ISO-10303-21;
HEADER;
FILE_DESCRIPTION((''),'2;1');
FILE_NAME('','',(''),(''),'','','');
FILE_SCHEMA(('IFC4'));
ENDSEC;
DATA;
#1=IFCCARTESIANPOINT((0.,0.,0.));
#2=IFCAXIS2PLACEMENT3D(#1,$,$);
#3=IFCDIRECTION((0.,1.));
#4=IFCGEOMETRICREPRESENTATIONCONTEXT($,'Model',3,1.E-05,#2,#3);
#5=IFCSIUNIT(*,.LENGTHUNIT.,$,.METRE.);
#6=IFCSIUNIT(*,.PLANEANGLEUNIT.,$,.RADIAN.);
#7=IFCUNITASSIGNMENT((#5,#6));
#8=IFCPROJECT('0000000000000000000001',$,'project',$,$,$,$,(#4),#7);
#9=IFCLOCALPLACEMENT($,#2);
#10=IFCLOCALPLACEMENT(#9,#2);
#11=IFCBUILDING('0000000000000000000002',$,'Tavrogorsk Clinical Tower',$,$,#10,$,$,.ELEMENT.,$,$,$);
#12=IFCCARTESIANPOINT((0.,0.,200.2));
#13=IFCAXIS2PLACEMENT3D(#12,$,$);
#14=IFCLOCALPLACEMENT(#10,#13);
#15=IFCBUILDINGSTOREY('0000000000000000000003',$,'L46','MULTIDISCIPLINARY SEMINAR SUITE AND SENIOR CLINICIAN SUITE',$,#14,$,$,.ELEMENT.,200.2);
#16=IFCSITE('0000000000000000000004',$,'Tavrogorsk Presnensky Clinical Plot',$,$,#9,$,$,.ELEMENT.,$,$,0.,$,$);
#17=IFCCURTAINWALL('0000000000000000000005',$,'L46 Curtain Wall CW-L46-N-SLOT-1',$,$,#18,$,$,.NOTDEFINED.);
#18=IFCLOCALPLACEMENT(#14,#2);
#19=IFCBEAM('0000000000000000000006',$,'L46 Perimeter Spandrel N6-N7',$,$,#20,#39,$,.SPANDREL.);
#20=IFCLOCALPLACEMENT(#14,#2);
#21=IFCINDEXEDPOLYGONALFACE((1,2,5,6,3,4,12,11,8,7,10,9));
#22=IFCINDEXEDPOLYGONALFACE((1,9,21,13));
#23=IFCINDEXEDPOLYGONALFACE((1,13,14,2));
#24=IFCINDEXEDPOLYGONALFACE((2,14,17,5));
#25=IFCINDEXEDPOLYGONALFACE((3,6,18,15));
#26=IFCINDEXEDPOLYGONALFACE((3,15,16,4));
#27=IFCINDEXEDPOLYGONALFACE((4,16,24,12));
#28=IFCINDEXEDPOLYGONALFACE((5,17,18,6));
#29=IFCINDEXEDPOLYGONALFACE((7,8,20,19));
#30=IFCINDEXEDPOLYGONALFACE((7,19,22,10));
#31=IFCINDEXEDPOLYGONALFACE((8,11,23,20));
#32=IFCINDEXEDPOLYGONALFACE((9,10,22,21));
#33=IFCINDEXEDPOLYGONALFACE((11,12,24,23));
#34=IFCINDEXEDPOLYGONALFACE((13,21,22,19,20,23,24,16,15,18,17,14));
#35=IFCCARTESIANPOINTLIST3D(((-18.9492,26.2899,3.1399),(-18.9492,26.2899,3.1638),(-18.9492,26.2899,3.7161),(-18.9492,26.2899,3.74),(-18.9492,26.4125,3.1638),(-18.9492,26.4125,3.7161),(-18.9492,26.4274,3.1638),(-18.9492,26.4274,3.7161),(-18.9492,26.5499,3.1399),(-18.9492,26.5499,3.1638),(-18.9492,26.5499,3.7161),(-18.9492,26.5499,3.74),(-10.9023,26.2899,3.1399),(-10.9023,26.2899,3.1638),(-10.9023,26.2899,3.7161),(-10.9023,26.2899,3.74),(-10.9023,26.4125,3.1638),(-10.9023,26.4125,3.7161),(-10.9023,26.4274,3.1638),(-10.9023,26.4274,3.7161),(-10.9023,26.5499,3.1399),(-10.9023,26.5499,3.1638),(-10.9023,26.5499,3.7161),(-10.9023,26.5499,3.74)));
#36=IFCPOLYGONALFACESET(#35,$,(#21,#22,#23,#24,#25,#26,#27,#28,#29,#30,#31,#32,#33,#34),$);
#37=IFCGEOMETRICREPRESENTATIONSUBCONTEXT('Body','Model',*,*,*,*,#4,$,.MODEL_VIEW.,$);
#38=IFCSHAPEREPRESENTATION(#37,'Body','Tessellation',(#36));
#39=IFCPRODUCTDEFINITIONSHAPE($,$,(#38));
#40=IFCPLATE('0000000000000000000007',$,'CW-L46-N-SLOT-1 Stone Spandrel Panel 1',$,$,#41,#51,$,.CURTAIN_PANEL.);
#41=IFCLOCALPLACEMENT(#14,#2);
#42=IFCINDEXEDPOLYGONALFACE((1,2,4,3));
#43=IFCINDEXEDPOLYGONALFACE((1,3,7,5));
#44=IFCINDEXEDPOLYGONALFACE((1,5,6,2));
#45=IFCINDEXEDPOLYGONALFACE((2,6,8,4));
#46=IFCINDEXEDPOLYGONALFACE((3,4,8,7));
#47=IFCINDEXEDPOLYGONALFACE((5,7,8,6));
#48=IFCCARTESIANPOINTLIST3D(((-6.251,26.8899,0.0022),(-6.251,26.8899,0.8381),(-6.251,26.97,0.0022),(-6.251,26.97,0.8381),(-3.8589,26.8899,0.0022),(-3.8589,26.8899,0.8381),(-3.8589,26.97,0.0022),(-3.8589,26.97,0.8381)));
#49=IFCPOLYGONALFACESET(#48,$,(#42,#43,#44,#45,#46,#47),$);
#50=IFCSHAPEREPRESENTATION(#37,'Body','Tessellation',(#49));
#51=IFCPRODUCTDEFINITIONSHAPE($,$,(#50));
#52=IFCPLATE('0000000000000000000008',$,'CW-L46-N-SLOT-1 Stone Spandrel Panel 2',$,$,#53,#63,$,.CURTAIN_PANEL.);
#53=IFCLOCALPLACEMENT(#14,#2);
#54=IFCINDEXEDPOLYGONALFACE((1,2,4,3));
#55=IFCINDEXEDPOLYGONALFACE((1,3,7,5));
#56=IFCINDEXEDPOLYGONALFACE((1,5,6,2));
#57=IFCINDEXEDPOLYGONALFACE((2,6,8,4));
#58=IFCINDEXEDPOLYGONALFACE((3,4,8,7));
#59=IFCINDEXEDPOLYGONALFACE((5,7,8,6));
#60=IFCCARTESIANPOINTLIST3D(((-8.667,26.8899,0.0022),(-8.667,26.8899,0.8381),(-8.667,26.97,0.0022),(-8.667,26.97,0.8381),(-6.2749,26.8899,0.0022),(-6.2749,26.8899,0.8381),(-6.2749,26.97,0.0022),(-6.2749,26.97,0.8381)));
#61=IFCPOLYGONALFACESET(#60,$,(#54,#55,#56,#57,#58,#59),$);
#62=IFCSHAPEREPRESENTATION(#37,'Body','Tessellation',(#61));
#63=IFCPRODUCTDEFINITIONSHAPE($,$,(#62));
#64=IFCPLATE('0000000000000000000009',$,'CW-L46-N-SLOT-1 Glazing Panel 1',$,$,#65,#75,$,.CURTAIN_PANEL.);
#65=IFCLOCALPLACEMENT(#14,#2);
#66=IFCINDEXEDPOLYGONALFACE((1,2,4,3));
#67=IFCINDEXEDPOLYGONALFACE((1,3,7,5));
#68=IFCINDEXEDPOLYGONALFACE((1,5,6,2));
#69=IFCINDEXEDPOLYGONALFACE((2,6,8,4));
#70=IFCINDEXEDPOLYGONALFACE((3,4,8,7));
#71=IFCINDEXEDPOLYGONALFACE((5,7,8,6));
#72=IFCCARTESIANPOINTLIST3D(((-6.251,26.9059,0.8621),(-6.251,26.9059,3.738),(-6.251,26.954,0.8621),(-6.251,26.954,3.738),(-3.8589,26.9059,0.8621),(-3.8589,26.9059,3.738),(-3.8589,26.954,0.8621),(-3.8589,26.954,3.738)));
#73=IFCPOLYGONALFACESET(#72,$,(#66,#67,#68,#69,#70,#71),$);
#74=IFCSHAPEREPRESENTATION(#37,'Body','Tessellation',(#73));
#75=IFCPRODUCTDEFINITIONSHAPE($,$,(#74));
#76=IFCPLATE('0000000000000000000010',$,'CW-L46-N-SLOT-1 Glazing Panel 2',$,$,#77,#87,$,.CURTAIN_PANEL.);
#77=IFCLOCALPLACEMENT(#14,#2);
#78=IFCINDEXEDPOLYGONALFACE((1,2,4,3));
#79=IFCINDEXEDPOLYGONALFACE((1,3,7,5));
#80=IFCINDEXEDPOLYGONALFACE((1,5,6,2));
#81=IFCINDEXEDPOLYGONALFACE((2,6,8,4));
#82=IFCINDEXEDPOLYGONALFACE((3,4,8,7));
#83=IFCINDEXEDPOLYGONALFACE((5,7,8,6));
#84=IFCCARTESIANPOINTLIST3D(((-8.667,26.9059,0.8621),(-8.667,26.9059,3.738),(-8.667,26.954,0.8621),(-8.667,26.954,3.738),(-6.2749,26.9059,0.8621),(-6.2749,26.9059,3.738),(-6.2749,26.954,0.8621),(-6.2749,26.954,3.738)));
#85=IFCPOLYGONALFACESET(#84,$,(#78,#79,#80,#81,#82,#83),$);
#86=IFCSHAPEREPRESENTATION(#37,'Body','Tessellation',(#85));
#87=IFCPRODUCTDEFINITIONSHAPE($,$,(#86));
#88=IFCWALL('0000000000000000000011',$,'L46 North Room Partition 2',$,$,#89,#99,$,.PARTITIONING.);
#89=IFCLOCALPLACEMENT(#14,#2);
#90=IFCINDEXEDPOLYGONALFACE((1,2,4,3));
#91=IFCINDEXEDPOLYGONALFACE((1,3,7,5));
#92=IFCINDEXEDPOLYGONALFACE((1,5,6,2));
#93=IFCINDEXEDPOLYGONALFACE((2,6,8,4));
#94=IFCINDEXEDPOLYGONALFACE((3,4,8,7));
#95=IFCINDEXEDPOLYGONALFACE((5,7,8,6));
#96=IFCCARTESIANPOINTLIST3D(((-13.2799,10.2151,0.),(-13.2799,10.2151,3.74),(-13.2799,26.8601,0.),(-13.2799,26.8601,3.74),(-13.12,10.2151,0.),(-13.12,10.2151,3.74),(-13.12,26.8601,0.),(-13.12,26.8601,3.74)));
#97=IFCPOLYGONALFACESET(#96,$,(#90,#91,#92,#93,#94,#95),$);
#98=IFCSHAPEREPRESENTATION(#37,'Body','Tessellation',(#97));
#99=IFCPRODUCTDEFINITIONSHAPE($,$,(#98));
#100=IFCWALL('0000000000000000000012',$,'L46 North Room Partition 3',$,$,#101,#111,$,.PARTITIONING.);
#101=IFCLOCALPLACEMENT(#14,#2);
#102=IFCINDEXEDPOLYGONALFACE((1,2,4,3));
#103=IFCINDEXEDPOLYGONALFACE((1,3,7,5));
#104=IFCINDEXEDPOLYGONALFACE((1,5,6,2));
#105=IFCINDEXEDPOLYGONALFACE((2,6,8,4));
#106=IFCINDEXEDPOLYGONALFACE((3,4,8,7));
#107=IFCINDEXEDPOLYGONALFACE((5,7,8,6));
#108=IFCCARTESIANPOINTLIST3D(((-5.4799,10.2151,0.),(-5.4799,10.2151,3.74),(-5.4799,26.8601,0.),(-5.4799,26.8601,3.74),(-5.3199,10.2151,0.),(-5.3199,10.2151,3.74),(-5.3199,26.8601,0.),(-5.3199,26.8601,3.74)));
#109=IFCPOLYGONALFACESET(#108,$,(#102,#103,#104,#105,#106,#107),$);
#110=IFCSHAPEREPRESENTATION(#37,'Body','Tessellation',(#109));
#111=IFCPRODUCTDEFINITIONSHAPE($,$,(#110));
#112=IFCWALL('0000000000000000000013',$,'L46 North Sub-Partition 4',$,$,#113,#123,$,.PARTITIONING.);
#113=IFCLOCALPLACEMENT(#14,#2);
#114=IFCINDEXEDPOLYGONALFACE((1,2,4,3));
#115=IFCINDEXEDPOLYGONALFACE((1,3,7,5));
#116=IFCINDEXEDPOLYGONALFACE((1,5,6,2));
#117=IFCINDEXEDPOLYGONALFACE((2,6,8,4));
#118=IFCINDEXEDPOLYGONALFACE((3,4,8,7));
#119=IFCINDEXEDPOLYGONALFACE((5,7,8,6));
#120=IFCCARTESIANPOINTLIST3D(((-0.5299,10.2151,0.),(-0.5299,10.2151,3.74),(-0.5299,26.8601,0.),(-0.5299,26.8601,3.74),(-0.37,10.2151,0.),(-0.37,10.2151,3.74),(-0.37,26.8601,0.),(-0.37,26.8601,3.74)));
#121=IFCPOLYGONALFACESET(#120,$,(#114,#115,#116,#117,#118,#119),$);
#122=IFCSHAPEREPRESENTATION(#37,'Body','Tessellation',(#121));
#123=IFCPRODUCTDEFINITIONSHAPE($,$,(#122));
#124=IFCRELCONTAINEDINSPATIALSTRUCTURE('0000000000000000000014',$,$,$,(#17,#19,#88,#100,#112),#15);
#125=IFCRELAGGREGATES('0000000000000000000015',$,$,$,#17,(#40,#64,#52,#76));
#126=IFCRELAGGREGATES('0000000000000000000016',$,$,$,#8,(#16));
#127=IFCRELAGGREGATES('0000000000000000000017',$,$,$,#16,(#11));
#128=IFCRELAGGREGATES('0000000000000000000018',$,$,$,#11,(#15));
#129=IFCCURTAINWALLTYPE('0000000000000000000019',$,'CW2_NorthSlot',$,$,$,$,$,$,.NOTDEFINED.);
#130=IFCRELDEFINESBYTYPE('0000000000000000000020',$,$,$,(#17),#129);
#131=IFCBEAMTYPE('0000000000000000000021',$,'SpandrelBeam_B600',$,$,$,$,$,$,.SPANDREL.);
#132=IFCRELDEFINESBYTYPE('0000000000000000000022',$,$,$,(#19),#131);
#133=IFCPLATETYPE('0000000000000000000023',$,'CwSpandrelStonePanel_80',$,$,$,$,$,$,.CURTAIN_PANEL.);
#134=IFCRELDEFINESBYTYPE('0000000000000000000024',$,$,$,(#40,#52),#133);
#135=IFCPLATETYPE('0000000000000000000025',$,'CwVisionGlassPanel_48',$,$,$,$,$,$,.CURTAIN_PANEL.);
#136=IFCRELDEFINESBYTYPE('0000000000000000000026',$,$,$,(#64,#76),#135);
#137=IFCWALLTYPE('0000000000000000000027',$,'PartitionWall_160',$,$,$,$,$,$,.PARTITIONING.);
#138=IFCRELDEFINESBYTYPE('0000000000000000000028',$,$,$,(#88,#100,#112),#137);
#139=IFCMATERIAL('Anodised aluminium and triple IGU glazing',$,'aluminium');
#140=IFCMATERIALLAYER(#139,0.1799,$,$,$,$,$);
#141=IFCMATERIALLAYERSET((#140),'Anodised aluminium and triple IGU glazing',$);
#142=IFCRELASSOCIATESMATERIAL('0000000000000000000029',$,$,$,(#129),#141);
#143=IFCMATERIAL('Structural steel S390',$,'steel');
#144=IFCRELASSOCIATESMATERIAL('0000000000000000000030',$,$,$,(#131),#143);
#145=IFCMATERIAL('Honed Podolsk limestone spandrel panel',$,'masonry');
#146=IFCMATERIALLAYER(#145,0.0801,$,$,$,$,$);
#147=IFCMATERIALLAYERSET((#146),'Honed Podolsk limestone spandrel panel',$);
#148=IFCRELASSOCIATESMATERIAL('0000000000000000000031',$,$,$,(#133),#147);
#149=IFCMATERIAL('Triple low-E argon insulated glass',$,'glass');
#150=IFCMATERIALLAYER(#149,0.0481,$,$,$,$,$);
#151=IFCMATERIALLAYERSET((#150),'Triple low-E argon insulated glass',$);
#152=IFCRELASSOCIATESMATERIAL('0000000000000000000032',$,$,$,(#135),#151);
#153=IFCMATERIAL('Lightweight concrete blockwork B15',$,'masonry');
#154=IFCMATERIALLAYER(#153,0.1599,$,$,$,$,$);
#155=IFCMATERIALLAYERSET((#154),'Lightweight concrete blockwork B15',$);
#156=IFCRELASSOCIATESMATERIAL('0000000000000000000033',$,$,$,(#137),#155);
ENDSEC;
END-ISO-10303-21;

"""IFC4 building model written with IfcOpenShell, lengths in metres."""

from ifc_helpers import new_model, si_unit, direction, frame, frame_2d, origin, origin_2d, place, context, subcontext, project, spatial, rectangle, i_section, extrude, material, layer, layer_set, material_profile, profile_set, type_object, element, aggregate, save


model = new_model("IFC4")

# Units and contexts
model_context = context("Model", 3, precision=1e-05, world=origin(), true_north=direction((0.0, 1.0)))
body_context = subcontext(model_context, "Body", "Model", "MODEL_VIEW")
ifc_project = project(units=[si_unit("LENGTHUNIT", "METRE"), si_unit("PLANEANGLEUNIT", "RADIAN")], contexts=[model_context])

# Site, building, storey
site_placement = place(None, origin())
site = spatial("IfcSite", under=ifc_project, at=site_placement, Name="Tavrogorsk Presnensky Clinical Plot", CompositionType="ELEMENT", RefElevation=0.0)
building_placement = place(site_placement, origin())
building = spatial("IfcBuilding", under=site, at=building_placement, Name="Tavrogorsk Clinical Tower", CompositionType="ELEMENT")
storey_placement = place(building_placement, frame((0.0, 0.0, 200.2)))
storey = spatial("IfcBuildingStorey", under=building, at=storey_placement, Name="L46", Description="MULTIDISCIPLINARY SEMINAR SUITE AND SENIOR CLINICIAN SUITE", CompositionType="ELEMENT", Elevation=200.2)

# Curtain wall
ifc_material_1 = material(Name="Anodised aluminium and triple IGU glazing", Category="aluminium")
ifc_layer_1 = layer(ifc_material_1, 0.1799)
ifc_layer_set_1 = layer_set([ifc_layer_1], Name="Anodised aluminium and triple IGU glazing")
curtain_wall_type = type_object("IfcCurtainWallType", Name="CW2_NorthSlot", PredefinedType="NOTDEFINED", material=ifc_layer_set_1)
curtain_wall_placement = place(storey_placement, origin())
curtain_wall = element("IfcCurtainWall", 1, at=curtain_wall_placement, inside=storey, type_object=curtain_wall_type, Name="L46 Curtain Wall CW-L46-N-SLOT-1", PredefinedType="NOTDEFINED")

# Beam
ifc_material_2 = material(Name="Structural steel S390", Category="steel")
ifc_material_profile_1 = material_profile(ifc_material_2, i_section(OverallWidth=0.26, OverallDepth=0.6001, WebThickness=0.0149, FlangeThickness=0.0239, at=origin_2d()), Name="B-600x260x15x24")
ifc_profile_set_1 = profile_set([ifc_material_profile_1], Name="Structural steel S390")
beam_type = type_object("IfcBeamType", Name="SpandrelBeam_B600", PredefinedType="SPANDREL", material=ifc_profile_set_1)
for number, where, z_axis, x_axis, name in (
    (2, (-10.9023, 26.4199, 3.4399), (-1.0, 0.0, 0.0), (0.0, -1.0, 0.0), "L46 Perimeter Spandrel N6-N7"),
):
    element("IfcBeam", number, at=place(storey_placement, frame(where, z_axis=z_axis, x_axis=x_axis)), inside=storey, type_object=beam_type, Name=name, PredefinedType="SPANDREL", context=body_context, shape_type="SweptSolid", body=[
        extrude(i_section(OverallWidth=0.26, OverallDepth=0.6001, WebThickness=0.0149, FlangeThickness=0.0239, at=origin_2d()), origin(), (0.0, 0.0, 1.0), 8.0469),
    ])

# Plates
ifc_material_3 = material(Name="Honed Podolsk limestone spandrel panel", Category="masonry")
ifc_layer_2 = layer(ifc_material_3, 0.0801)
ifc_layer_set_2 = layer_set([ifc_layer_2], Name="Honed Podolsk limestone spandrel panel")
plate_type_1 = type_object("IfcPlateType", Name="CwSpandrelStonePanel_80", PredefinedType="CURTAIN_PANEL", material=ifc_layer_set_2)
plate_1_placement = place(storey_placement, frame((-5.0549, 26.9299, 0.0022), z_axis=(0.0, 0.0, 1.0), x_axis=(-1.0, 0.0, 0.0)))
plate_1 = element("IfcPlate", 3, at=plate_1_placement, type_object=plate_type_1, Name="CW-L46-N-SLOT-1 Stone Spandrel Panel 1", PredefinedType="CURTAIN_PANEL", context=body_context, shape_type="SweptSolid", body=[
    extrude(rectangle(XDim=2.3921, YDim=0.0801, at=origin_2d()), origin(), (0.0, 0.0, 1.0), 0.8359),
])
plate_2_placement = place(storey_placement, frame((-7.4709, 26.9299, 0.0022), z_axis=(0.0, 0.0, 1.0), x_axis=(-1.0, 0.0, 0.0)))
plate_2 = element("IfcPlate", 4, at=plate_2_placement, type_object=plate_type_1, Name="CW-L46-N-SLOT-1 Stone Spandrel Panel 2", PredefinedType="CURTAIN_PANEL", context=body_context, shape_type="SweptSolid", body=[
    extrude(rectangle(XDim=2.3921, YDim=0.0801, at=origin_2d()), origin(), (0.0, 0.0, 1.0), 0.8359),
])
ifc_material_4 = material(Name="Triple low-E argon insulated glass", Category="glass")
ifc_layer_3 = layer(ifc_material_4, 0.0481)
ifc_layer_set_3 = layer_set([ifc_layer_3], Name="Triple low-E argon insulated glass")
plate_type_2 = type_object("IfcPlateType", Name="CwVisionGlassPanel_48", PredefinedType="CURTAIN_PANEL", material=ifc_layer_set_3)
plate_3_placement = place(storey_placement, frame((-5.0549, 26.9299, 0.8621), z_axis=(0.0, 0.0, 1.0), x_axis=(-1.0, 0.0, 0.0)))
plate_3 = element("IfcPlate", 5, at=plate_3_placement, type_object=plate_type_2, Name="CW-L46-N-SLOT-1 Glazing Panel 1", PredefinedType="CURTAIN_PANEL", context=body_context, shape_type="SweptSolid", body=[
    extrude(rectangle(XDim=2.3921, YDim=0.0481, at=origin_2d()), origin(), (0.0, 0.0, 1.0), 2.876),
])
plate_4_placement = place(storey_placement, frame((-7.4709, 26.9299, 0.8621), z_axis=(0.0, 0.0, 1.0), x_axis=(-1.0, 0.0, 0.0)))
plate_4 = element("IfcPlate", 6, at=plate_4_placement, type_object=plate_type_2, Name="CW-L46-N-SLOT-1 Glazing Panel 2", PredefinedType="CURTAIN_PANEL", context=body_context, shape_type="SweptSolid", body=[
    extrude(rectangle(XDim=2.3921, YDim=0.0481, at=origin_2d()), origin(), (0.0, 0.0, 1.0), 2.876),
])
aggregate(curtain_wall, [plate_1, plate_3, plate_2, plate_4])

# Walls
ifc_material_5 = material(Name="Lightweight concrete blockwork B15", Category="masonry")
ifc_layer_4 = layer(ifc_material_5, 0.1599)
ifc_layer_set_4 = layer_set([ifc_layer_4], Name="Lightweight concrete blockwork B15")
wall_type_1 = type_object("IfcWallType", Name="PartitionWall_160", PredefinedType="PARTITIONING", material=ifc_layer_set_4)
for number, where, z_axis, x_axis, name in (
    (7, (-13.2, 10.2151, 0.0), (0.0, 0.0, 1.0), (0.0, 1.0, 0.0), "L46 North Room Partition 2"),
    (8, (-5.3999, 10.2151, 0.0), (0.0, 0.0, 1.0), (0.0, 1.0, 0.0), "L46 North Room Partition 3"),
    (9, (-0.45, 10.2151, 0.0), (0.0, 0.0, 1.0), (0.0, 1.0, 0.0), "L46 North Sub-Partition 4"),
):
    element("IfcWall", number, at=place(storey_placement, frame(where, z_axis=z_axis, x_axis=x_axis)), inside=storey, type_object=wall_type_1, Name=name, PredefinedType="PARTITIONING", context=body_context, shape_type="SweptSolid", body=[
        extrude(rectangle(XDim=16.645, YDim=0.1599, at=frame_2d((8.3225, 0.0))), origin(), (0.0, 0.0, 1.0), 3.74),
    ])

save(model, "model.ifc")
